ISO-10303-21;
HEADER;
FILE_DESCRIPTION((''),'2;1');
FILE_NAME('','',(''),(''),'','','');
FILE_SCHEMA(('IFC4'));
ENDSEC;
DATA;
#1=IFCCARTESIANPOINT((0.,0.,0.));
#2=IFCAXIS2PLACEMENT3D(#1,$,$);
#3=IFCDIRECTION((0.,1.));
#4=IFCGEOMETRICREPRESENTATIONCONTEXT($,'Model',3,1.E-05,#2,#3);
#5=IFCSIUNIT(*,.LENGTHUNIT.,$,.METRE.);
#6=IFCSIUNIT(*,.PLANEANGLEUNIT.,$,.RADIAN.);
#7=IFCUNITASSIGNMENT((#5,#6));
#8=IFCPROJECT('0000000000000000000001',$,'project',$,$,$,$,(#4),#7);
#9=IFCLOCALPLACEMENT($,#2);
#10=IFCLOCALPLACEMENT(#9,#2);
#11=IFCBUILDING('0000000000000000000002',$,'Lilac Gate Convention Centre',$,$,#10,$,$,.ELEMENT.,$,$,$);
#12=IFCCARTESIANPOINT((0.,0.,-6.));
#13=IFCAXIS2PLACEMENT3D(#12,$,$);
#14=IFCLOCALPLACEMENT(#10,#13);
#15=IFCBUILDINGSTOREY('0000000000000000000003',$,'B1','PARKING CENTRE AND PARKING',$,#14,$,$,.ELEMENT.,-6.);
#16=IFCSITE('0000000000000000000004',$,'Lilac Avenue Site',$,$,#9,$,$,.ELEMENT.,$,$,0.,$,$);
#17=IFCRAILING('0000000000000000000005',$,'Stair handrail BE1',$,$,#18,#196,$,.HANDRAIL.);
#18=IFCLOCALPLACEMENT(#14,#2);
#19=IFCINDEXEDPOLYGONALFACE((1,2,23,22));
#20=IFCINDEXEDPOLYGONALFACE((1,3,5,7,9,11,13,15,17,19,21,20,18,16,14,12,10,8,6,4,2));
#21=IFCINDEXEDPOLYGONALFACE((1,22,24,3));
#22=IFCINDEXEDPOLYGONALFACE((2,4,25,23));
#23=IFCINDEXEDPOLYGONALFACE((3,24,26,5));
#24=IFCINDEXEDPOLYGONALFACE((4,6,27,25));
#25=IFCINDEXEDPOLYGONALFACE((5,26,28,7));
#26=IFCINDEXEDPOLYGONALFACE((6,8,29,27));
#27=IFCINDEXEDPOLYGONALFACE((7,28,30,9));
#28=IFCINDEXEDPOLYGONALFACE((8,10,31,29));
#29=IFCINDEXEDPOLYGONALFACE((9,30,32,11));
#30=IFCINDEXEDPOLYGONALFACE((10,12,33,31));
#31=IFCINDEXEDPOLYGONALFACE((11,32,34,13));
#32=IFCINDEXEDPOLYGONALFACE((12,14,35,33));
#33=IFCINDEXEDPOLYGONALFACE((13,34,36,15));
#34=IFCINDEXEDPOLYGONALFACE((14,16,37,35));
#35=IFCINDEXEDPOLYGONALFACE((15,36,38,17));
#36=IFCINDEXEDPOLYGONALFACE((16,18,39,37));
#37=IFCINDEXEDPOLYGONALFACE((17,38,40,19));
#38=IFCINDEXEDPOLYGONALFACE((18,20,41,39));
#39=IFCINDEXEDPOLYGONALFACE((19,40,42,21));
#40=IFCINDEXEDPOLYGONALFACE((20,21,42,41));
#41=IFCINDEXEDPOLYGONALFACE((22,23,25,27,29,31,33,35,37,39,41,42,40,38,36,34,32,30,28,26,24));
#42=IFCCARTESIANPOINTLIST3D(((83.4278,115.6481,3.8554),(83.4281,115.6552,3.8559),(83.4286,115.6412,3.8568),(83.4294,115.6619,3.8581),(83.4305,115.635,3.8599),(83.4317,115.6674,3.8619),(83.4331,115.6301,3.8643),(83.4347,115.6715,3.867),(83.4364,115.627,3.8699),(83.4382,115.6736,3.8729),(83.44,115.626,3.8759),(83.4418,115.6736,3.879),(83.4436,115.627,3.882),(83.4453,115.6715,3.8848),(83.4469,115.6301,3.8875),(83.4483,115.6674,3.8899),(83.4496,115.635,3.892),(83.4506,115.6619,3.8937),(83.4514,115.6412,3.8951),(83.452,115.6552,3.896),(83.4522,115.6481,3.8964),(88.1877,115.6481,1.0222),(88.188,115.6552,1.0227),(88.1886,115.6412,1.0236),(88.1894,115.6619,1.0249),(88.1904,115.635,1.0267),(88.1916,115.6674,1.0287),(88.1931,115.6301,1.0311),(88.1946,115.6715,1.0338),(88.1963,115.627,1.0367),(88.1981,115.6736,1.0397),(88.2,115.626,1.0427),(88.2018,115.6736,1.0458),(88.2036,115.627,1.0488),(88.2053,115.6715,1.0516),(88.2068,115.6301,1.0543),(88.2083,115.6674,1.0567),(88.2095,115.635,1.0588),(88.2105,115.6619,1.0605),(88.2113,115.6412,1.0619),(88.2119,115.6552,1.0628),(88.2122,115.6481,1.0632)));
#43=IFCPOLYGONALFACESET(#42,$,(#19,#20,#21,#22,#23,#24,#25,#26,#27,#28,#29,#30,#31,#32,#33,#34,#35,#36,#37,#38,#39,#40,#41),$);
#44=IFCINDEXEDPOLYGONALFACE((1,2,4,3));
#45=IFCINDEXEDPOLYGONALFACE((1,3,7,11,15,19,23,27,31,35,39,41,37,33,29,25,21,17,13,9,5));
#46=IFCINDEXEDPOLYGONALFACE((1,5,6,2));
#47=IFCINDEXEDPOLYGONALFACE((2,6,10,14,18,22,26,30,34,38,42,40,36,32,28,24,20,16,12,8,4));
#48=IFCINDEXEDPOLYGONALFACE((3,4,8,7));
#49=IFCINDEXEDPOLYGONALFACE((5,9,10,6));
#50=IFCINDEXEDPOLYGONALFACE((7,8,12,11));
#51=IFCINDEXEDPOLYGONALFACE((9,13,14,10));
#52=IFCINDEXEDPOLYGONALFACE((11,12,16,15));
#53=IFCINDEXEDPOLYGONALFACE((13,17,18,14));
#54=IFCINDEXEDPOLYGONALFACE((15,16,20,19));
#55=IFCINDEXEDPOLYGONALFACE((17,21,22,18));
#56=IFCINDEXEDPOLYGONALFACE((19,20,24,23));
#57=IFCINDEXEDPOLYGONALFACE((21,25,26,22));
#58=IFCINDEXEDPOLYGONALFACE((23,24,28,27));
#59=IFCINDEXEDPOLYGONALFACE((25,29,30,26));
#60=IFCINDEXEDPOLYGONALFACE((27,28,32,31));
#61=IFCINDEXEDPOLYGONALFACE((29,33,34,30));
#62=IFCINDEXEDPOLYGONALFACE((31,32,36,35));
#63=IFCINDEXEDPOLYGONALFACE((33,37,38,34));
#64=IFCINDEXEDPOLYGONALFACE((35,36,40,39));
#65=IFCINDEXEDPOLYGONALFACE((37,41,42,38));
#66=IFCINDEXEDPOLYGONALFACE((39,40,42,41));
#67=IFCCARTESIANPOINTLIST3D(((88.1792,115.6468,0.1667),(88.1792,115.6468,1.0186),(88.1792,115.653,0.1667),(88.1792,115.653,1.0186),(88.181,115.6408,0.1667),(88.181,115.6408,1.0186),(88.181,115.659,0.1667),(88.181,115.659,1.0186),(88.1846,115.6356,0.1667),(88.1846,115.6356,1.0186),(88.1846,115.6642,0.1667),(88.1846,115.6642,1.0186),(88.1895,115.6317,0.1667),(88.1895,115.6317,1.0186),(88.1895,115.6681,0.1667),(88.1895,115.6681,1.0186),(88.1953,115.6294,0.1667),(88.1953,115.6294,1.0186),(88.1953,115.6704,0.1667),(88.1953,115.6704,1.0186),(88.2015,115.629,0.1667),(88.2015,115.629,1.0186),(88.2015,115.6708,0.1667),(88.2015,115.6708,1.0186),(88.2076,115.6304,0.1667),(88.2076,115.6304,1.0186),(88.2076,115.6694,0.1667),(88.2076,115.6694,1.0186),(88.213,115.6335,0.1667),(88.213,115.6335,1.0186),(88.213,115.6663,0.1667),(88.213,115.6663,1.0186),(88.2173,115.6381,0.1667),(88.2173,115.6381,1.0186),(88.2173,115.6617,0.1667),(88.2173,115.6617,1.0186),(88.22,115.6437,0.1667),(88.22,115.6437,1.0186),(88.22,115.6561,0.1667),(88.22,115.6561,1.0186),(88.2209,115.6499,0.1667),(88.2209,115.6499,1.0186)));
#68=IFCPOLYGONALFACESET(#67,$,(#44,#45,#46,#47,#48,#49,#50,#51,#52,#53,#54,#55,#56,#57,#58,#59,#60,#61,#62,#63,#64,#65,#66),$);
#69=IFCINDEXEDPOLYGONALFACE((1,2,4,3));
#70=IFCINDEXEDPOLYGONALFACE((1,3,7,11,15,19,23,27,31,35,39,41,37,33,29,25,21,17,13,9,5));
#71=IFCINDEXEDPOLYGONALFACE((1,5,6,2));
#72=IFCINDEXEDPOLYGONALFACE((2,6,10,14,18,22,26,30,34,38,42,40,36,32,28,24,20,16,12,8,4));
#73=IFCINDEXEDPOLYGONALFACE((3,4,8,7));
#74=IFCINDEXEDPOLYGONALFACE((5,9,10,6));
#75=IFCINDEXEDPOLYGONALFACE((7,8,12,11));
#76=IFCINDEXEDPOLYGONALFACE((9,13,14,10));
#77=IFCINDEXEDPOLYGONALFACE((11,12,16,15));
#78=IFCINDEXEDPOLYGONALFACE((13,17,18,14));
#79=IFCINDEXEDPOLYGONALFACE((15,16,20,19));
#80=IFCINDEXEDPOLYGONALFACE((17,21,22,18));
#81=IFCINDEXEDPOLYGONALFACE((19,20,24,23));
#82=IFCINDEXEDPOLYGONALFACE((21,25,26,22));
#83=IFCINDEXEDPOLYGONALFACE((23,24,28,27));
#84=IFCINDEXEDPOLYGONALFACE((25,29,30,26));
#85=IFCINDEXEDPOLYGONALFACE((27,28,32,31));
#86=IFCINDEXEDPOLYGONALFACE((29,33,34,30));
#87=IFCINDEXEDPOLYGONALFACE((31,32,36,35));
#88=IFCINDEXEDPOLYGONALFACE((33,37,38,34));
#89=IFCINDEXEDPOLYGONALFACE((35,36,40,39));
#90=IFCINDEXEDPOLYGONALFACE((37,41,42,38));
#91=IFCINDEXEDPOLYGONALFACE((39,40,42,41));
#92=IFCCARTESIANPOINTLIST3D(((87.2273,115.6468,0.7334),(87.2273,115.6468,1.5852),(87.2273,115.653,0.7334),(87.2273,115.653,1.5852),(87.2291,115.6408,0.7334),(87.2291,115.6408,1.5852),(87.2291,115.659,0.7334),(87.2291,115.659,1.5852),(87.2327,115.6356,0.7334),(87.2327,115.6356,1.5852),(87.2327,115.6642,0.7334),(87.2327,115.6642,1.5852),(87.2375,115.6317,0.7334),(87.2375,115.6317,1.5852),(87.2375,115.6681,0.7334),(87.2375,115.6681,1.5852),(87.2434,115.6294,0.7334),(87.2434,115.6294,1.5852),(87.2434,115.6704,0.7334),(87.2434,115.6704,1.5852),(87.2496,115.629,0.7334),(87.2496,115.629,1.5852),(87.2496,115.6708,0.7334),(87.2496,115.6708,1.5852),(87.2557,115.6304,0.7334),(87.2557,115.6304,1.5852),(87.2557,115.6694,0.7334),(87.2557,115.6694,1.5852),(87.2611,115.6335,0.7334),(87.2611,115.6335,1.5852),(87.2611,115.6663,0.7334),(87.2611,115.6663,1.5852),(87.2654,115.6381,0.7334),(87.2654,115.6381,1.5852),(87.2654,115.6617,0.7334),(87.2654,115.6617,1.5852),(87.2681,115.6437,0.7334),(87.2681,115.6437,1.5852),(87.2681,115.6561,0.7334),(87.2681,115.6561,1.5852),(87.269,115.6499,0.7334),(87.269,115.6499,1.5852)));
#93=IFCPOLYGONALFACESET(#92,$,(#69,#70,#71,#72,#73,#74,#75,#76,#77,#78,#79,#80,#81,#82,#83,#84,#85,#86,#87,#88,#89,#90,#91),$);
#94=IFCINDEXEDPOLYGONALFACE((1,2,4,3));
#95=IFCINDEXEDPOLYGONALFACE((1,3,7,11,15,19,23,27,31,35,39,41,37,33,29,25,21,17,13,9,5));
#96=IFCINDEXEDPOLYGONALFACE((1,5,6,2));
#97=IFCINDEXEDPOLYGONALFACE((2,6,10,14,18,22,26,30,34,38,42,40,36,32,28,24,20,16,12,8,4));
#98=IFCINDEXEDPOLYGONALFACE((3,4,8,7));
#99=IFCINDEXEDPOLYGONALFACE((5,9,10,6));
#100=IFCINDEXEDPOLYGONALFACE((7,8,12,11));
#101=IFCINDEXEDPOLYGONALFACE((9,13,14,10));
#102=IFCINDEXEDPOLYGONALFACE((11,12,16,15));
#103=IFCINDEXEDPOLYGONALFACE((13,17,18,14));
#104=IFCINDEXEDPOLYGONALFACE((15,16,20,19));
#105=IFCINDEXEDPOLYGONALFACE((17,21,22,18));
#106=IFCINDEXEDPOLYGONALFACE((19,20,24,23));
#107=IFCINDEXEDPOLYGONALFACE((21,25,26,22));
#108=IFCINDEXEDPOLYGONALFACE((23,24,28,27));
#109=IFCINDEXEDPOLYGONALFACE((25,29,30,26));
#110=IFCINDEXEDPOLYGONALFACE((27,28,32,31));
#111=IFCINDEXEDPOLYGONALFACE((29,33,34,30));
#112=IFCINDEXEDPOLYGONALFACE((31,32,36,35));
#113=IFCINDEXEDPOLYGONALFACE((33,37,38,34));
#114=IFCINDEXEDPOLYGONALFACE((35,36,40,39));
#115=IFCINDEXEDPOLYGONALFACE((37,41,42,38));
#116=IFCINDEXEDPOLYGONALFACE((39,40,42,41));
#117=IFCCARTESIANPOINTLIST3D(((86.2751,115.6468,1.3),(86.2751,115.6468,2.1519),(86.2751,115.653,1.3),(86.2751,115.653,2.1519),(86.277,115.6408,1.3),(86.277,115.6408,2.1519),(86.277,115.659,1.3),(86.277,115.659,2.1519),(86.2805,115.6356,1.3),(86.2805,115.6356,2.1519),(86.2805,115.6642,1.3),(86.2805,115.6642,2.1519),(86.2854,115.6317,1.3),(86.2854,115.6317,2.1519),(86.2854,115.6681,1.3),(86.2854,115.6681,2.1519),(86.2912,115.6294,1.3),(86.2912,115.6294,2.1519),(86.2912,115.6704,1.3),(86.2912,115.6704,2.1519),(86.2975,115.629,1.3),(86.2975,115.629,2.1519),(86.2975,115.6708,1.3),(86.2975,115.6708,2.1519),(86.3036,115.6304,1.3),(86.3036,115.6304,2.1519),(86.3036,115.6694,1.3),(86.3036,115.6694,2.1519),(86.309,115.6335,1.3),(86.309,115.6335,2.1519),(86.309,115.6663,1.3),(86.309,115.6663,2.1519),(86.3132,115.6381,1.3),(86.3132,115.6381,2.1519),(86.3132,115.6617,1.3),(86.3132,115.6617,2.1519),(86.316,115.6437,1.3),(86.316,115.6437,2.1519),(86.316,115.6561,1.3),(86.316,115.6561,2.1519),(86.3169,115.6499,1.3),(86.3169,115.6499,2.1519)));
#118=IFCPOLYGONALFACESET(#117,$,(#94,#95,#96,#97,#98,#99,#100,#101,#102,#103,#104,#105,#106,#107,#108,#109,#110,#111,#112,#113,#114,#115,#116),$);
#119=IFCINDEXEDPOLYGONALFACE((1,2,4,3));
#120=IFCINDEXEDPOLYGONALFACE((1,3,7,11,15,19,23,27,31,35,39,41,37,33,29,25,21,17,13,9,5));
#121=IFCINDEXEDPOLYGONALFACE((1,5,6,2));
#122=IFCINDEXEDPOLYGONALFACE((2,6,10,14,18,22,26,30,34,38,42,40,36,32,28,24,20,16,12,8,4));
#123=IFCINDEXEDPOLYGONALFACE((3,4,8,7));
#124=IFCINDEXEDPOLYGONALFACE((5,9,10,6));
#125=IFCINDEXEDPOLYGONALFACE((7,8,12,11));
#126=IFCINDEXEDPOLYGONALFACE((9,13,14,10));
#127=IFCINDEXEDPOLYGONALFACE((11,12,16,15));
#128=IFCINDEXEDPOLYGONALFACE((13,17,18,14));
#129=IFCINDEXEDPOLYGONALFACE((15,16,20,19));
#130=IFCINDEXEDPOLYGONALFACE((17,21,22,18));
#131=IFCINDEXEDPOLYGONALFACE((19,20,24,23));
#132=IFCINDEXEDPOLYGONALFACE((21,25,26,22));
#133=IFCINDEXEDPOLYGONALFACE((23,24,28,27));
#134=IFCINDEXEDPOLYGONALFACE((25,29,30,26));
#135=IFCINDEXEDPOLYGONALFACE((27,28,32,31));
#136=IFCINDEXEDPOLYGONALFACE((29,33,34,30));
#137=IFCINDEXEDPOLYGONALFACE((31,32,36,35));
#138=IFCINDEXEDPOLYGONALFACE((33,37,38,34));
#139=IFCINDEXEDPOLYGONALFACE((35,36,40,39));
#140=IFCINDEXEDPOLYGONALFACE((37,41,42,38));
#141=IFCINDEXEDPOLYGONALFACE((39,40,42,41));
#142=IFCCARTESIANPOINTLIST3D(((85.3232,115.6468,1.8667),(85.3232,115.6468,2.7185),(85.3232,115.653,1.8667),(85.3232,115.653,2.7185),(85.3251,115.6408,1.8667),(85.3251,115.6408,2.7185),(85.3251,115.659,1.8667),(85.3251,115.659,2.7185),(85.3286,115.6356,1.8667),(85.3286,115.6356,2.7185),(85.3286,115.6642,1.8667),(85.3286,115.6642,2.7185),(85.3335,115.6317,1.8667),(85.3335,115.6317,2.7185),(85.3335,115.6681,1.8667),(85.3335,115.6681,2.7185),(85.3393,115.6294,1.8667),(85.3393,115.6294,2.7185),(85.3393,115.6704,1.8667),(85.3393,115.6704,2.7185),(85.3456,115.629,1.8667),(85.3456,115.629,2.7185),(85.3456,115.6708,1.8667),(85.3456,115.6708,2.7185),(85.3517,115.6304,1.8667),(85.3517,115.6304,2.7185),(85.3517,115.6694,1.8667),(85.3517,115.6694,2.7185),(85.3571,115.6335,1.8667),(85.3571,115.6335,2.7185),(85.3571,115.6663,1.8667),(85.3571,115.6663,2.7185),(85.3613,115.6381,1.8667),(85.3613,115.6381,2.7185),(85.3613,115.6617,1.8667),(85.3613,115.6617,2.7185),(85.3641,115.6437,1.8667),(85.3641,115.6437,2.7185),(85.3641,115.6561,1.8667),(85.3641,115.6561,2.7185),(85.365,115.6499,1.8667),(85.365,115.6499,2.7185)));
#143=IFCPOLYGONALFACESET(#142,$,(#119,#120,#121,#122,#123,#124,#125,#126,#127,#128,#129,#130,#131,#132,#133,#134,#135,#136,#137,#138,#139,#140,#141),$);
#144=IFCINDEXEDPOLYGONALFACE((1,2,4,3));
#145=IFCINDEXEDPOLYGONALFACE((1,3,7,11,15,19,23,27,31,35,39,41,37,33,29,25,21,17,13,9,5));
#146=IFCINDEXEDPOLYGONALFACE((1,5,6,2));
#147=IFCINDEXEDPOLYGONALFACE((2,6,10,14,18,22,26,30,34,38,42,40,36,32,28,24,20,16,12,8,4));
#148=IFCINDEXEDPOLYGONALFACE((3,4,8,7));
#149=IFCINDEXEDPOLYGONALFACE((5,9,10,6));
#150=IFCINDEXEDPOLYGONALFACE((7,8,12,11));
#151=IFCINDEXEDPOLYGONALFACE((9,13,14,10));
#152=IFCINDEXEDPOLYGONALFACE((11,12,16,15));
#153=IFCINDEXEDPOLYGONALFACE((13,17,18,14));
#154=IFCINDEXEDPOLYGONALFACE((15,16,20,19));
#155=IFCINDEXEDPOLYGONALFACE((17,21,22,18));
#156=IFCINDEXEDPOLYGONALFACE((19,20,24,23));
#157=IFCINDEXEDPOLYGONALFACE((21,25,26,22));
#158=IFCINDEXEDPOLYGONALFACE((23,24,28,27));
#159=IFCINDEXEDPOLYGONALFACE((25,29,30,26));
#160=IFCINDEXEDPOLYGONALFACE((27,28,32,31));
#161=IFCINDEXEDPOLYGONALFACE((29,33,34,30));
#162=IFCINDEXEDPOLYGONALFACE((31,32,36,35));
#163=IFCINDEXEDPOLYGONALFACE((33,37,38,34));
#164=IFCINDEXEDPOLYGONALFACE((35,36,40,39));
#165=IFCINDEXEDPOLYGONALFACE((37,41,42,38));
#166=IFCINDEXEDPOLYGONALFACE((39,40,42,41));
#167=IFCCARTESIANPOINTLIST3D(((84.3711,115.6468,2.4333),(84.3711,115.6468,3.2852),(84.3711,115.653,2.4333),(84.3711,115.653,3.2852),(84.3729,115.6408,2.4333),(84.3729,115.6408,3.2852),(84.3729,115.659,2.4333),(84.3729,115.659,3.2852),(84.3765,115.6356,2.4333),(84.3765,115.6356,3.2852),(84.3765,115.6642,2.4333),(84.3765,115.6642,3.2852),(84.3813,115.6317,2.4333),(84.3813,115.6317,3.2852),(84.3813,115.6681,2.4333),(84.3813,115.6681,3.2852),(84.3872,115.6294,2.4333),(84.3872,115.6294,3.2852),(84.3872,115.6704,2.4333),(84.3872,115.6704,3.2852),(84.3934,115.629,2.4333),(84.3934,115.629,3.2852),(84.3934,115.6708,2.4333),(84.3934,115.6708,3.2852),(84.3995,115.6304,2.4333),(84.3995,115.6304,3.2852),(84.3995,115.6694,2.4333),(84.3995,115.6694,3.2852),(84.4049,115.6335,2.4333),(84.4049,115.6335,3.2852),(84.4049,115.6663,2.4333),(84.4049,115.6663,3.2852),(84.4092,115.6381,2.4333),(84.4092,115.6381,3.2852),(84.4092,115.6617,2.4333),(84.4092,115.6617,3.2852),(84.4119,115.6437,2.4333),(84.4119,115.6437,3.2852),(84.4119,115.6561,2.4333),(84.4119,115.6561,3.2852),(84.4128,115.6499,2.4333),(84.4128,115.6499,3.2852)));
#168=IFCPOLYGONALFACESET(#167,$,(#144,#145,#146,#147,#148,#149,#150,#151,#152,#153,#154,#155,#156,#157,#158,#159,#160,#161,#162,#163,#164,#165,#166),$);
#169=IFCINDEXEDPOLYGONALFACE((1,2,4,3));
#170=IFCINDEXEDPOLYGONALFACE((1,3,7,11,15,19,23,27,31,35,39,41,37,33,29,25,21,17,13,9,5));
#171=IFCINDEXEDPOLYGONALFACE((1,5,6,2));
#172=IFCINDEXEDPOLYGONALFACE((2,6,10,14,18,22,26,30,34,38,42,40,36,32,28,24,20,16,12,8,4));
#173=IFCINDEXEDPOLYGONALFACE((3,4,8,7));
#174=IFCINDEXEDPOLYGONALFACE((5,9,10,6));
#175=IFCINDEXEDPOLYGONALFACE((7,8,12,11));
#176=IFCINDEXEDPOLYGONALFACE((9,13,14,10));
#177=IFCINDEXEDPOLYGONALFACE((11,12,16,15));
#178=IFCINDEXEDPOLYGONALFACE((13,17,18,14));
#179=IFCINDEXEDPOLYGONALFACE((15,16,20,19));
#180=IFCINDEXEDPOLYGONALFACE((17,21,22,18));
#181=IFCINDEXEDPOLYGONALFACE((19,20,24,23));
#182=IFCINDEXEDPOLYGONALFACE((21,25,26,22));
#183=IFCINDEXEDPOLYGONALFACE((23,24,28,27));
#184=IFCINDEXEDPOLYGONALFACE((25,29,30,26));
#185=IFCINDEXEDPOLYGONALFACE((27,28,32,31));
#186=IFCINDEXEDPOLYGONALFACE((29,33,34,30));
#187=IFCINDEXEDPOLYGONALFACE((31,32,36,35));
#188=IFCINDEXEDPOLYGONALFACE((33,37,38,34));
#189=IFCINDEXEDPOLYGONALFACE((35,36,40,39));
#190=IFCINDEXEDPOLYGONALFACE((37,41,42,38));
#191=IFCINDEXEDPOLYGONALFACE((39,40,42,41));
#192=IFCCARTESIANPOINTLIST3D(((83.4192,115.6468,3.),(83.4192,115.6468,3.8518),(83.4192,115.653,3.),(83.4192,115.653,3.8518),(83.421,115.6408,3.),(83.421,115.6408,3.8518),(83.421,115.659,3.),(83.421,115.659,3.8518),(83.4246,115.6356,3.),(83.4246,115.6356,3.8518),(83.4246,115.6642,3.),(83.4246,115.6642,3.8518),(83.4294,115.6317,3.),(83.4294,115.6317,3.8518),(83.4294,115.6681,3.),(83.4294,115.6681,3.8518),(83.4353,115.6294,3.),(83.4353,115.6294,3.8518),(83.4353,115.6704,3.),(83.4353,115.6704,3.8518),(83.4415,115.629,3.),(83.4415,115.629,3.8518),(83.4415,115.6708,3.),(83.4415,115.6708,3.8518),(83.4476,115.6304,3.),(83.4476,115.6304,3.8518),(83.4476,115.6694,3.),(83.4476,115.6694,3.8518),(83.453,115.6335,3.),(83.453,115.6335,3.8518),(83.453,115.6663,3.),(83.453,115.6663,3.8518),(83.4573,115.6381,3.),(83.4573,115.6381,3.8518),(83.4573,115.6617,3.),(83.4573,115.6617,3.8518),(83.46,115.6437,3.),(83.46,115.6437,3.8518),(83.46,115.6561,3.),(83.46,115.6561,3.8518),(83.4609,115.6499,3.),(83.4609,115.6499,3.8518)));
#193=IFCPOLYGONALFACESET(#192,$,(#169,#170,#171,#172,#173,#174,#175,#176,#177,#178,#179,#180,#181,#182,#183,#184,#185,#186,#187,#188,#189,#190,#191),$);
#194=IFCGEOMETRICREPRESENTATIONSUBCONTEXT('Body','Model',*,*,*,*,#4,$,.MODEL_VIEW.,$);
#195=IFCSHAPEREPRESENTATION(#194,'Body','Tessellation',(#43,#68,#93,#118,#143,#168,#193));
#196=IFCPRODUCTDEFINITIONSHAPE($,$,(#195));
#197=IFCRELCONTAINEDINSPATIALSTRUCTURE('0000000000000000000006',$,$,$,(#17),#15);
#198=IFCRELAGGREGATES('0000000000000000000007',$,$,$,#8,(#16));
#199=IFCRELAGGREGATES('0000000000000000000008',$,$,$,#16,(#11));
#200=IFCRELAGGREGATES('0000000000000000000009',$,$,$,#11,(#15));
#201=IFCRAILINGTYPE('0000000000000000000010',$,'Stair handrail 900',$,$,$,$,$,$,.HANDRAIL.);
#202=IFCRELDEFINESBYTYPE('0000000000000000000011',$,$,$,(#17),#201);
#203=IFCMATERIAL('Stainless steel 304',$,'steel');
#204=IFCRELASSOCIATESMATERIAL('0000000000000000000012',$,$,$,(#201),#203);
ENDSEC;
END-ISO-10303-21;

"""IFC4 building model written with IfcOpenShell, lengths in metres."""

from ifc_helpers import new_model, si_unit, direction, frame, origin, origin_2d, place, context, subcontext, project, spatial, circle, extrude, material, type_object, element, save


model = new_model("IFC4")

# Units and contexts
model_context = context("Model", 3, precision=1e-05, world=origin(), true_north=direction((0.0, 1.0)))
body_context = subcontext(model_context, "Body", "Model", "MODEL_VIEW")
ifc_project = project(units=[si_unit("LENGTHUNIT", "METRE"), si_unit("PLANEANGLEUNIT", "RADIAN")], contexts=[model_context])

# Site, building, storey
site_placement = place(None, origin())
site = spatial("IfcSite", under=ifc_project, at=site_placement, Name="Lilac Avenue Site", CompositionType="ELEMENT", RefElevation=0.0)
building_placement = place(site_placement, origin())
building = spatial("IfcBuilding", under=site, at=building_placement, Name="Lilac Gate Convention Centre", CompositionType="ELEMENT")
storey_placement = place(building_placement, frame((0.0, 0.0, -6.0)))
storey = spatial("IfcBuildingStorey", under=building, at=storey_placement, Name="B1", Description="PARKING CENTRE AND PARKING", CompositionType="ELEMENT", Elevation=-6.0)

# Shared definitions
ifc_material_1 = material(Name="Stainless steel 304", Category="steel")

# Railing
railing_type = type_object("IfcRailingType", Name="Stair handrail 900", PredefinedType="HANDRAIL", material=ifc_material_1)
for number, where, name in (
    (1, (88.2, 115.6499, 0.1667), "Stair handrail BE1"),
):
    element("IfcRailing", number, at=place(storey_placement, frame(where)), inside=storey, type_object=railing_type, Name=name, PredefinedType="HANDRAIL", context=body_context, shape_type="SweptSolid", body=[
        extrude(circle(Radius=0.0239, at=origin_2d()), frame((0.0, 0.0, 0.876), z_axis=(-0.8593, 0.0, 0.511472), x_axis=(0.0, -1.0, 0.0)), (0.0, 0.0, 1.0), 5.5393),
        extrude(circle(Radius=0.021, at=origin_2d()), origin(), (0.0, 0.0, 1.0), 0.8518),
        extrude(circle(Radius=0.021, at=origin_2d()), frame((-0.9519, 0.0, 0.5667)), (0.0, 0.0, 1.0), 0.8518),
        extrude(circle(Radius=0.021, at=origin_2d()), frame((-1.9041, 0.0, 1.1333)), (0.0, 0.0, 1.0), 0.8518),
        extrude(circle(Radius=0.021, at=origin_2d()), frame((-2.856, 0.0, 1.7)), (0.0, 0.0, 1.0), 0.8518),
        extrude(circle(Radius=0.021, at=origin_2d()), frame((-3.8081, 0.0, 2.2666)), (0.0, 0.0, 1.0), 0.8518),
        extrude(circle(Radius=0.021, at=origin_2d()), frame((-4.76, 0.0, 2.8333)), (0.0, 0.0, 1.0), 0.8518),
    ])

save(model, "model.ifc")
